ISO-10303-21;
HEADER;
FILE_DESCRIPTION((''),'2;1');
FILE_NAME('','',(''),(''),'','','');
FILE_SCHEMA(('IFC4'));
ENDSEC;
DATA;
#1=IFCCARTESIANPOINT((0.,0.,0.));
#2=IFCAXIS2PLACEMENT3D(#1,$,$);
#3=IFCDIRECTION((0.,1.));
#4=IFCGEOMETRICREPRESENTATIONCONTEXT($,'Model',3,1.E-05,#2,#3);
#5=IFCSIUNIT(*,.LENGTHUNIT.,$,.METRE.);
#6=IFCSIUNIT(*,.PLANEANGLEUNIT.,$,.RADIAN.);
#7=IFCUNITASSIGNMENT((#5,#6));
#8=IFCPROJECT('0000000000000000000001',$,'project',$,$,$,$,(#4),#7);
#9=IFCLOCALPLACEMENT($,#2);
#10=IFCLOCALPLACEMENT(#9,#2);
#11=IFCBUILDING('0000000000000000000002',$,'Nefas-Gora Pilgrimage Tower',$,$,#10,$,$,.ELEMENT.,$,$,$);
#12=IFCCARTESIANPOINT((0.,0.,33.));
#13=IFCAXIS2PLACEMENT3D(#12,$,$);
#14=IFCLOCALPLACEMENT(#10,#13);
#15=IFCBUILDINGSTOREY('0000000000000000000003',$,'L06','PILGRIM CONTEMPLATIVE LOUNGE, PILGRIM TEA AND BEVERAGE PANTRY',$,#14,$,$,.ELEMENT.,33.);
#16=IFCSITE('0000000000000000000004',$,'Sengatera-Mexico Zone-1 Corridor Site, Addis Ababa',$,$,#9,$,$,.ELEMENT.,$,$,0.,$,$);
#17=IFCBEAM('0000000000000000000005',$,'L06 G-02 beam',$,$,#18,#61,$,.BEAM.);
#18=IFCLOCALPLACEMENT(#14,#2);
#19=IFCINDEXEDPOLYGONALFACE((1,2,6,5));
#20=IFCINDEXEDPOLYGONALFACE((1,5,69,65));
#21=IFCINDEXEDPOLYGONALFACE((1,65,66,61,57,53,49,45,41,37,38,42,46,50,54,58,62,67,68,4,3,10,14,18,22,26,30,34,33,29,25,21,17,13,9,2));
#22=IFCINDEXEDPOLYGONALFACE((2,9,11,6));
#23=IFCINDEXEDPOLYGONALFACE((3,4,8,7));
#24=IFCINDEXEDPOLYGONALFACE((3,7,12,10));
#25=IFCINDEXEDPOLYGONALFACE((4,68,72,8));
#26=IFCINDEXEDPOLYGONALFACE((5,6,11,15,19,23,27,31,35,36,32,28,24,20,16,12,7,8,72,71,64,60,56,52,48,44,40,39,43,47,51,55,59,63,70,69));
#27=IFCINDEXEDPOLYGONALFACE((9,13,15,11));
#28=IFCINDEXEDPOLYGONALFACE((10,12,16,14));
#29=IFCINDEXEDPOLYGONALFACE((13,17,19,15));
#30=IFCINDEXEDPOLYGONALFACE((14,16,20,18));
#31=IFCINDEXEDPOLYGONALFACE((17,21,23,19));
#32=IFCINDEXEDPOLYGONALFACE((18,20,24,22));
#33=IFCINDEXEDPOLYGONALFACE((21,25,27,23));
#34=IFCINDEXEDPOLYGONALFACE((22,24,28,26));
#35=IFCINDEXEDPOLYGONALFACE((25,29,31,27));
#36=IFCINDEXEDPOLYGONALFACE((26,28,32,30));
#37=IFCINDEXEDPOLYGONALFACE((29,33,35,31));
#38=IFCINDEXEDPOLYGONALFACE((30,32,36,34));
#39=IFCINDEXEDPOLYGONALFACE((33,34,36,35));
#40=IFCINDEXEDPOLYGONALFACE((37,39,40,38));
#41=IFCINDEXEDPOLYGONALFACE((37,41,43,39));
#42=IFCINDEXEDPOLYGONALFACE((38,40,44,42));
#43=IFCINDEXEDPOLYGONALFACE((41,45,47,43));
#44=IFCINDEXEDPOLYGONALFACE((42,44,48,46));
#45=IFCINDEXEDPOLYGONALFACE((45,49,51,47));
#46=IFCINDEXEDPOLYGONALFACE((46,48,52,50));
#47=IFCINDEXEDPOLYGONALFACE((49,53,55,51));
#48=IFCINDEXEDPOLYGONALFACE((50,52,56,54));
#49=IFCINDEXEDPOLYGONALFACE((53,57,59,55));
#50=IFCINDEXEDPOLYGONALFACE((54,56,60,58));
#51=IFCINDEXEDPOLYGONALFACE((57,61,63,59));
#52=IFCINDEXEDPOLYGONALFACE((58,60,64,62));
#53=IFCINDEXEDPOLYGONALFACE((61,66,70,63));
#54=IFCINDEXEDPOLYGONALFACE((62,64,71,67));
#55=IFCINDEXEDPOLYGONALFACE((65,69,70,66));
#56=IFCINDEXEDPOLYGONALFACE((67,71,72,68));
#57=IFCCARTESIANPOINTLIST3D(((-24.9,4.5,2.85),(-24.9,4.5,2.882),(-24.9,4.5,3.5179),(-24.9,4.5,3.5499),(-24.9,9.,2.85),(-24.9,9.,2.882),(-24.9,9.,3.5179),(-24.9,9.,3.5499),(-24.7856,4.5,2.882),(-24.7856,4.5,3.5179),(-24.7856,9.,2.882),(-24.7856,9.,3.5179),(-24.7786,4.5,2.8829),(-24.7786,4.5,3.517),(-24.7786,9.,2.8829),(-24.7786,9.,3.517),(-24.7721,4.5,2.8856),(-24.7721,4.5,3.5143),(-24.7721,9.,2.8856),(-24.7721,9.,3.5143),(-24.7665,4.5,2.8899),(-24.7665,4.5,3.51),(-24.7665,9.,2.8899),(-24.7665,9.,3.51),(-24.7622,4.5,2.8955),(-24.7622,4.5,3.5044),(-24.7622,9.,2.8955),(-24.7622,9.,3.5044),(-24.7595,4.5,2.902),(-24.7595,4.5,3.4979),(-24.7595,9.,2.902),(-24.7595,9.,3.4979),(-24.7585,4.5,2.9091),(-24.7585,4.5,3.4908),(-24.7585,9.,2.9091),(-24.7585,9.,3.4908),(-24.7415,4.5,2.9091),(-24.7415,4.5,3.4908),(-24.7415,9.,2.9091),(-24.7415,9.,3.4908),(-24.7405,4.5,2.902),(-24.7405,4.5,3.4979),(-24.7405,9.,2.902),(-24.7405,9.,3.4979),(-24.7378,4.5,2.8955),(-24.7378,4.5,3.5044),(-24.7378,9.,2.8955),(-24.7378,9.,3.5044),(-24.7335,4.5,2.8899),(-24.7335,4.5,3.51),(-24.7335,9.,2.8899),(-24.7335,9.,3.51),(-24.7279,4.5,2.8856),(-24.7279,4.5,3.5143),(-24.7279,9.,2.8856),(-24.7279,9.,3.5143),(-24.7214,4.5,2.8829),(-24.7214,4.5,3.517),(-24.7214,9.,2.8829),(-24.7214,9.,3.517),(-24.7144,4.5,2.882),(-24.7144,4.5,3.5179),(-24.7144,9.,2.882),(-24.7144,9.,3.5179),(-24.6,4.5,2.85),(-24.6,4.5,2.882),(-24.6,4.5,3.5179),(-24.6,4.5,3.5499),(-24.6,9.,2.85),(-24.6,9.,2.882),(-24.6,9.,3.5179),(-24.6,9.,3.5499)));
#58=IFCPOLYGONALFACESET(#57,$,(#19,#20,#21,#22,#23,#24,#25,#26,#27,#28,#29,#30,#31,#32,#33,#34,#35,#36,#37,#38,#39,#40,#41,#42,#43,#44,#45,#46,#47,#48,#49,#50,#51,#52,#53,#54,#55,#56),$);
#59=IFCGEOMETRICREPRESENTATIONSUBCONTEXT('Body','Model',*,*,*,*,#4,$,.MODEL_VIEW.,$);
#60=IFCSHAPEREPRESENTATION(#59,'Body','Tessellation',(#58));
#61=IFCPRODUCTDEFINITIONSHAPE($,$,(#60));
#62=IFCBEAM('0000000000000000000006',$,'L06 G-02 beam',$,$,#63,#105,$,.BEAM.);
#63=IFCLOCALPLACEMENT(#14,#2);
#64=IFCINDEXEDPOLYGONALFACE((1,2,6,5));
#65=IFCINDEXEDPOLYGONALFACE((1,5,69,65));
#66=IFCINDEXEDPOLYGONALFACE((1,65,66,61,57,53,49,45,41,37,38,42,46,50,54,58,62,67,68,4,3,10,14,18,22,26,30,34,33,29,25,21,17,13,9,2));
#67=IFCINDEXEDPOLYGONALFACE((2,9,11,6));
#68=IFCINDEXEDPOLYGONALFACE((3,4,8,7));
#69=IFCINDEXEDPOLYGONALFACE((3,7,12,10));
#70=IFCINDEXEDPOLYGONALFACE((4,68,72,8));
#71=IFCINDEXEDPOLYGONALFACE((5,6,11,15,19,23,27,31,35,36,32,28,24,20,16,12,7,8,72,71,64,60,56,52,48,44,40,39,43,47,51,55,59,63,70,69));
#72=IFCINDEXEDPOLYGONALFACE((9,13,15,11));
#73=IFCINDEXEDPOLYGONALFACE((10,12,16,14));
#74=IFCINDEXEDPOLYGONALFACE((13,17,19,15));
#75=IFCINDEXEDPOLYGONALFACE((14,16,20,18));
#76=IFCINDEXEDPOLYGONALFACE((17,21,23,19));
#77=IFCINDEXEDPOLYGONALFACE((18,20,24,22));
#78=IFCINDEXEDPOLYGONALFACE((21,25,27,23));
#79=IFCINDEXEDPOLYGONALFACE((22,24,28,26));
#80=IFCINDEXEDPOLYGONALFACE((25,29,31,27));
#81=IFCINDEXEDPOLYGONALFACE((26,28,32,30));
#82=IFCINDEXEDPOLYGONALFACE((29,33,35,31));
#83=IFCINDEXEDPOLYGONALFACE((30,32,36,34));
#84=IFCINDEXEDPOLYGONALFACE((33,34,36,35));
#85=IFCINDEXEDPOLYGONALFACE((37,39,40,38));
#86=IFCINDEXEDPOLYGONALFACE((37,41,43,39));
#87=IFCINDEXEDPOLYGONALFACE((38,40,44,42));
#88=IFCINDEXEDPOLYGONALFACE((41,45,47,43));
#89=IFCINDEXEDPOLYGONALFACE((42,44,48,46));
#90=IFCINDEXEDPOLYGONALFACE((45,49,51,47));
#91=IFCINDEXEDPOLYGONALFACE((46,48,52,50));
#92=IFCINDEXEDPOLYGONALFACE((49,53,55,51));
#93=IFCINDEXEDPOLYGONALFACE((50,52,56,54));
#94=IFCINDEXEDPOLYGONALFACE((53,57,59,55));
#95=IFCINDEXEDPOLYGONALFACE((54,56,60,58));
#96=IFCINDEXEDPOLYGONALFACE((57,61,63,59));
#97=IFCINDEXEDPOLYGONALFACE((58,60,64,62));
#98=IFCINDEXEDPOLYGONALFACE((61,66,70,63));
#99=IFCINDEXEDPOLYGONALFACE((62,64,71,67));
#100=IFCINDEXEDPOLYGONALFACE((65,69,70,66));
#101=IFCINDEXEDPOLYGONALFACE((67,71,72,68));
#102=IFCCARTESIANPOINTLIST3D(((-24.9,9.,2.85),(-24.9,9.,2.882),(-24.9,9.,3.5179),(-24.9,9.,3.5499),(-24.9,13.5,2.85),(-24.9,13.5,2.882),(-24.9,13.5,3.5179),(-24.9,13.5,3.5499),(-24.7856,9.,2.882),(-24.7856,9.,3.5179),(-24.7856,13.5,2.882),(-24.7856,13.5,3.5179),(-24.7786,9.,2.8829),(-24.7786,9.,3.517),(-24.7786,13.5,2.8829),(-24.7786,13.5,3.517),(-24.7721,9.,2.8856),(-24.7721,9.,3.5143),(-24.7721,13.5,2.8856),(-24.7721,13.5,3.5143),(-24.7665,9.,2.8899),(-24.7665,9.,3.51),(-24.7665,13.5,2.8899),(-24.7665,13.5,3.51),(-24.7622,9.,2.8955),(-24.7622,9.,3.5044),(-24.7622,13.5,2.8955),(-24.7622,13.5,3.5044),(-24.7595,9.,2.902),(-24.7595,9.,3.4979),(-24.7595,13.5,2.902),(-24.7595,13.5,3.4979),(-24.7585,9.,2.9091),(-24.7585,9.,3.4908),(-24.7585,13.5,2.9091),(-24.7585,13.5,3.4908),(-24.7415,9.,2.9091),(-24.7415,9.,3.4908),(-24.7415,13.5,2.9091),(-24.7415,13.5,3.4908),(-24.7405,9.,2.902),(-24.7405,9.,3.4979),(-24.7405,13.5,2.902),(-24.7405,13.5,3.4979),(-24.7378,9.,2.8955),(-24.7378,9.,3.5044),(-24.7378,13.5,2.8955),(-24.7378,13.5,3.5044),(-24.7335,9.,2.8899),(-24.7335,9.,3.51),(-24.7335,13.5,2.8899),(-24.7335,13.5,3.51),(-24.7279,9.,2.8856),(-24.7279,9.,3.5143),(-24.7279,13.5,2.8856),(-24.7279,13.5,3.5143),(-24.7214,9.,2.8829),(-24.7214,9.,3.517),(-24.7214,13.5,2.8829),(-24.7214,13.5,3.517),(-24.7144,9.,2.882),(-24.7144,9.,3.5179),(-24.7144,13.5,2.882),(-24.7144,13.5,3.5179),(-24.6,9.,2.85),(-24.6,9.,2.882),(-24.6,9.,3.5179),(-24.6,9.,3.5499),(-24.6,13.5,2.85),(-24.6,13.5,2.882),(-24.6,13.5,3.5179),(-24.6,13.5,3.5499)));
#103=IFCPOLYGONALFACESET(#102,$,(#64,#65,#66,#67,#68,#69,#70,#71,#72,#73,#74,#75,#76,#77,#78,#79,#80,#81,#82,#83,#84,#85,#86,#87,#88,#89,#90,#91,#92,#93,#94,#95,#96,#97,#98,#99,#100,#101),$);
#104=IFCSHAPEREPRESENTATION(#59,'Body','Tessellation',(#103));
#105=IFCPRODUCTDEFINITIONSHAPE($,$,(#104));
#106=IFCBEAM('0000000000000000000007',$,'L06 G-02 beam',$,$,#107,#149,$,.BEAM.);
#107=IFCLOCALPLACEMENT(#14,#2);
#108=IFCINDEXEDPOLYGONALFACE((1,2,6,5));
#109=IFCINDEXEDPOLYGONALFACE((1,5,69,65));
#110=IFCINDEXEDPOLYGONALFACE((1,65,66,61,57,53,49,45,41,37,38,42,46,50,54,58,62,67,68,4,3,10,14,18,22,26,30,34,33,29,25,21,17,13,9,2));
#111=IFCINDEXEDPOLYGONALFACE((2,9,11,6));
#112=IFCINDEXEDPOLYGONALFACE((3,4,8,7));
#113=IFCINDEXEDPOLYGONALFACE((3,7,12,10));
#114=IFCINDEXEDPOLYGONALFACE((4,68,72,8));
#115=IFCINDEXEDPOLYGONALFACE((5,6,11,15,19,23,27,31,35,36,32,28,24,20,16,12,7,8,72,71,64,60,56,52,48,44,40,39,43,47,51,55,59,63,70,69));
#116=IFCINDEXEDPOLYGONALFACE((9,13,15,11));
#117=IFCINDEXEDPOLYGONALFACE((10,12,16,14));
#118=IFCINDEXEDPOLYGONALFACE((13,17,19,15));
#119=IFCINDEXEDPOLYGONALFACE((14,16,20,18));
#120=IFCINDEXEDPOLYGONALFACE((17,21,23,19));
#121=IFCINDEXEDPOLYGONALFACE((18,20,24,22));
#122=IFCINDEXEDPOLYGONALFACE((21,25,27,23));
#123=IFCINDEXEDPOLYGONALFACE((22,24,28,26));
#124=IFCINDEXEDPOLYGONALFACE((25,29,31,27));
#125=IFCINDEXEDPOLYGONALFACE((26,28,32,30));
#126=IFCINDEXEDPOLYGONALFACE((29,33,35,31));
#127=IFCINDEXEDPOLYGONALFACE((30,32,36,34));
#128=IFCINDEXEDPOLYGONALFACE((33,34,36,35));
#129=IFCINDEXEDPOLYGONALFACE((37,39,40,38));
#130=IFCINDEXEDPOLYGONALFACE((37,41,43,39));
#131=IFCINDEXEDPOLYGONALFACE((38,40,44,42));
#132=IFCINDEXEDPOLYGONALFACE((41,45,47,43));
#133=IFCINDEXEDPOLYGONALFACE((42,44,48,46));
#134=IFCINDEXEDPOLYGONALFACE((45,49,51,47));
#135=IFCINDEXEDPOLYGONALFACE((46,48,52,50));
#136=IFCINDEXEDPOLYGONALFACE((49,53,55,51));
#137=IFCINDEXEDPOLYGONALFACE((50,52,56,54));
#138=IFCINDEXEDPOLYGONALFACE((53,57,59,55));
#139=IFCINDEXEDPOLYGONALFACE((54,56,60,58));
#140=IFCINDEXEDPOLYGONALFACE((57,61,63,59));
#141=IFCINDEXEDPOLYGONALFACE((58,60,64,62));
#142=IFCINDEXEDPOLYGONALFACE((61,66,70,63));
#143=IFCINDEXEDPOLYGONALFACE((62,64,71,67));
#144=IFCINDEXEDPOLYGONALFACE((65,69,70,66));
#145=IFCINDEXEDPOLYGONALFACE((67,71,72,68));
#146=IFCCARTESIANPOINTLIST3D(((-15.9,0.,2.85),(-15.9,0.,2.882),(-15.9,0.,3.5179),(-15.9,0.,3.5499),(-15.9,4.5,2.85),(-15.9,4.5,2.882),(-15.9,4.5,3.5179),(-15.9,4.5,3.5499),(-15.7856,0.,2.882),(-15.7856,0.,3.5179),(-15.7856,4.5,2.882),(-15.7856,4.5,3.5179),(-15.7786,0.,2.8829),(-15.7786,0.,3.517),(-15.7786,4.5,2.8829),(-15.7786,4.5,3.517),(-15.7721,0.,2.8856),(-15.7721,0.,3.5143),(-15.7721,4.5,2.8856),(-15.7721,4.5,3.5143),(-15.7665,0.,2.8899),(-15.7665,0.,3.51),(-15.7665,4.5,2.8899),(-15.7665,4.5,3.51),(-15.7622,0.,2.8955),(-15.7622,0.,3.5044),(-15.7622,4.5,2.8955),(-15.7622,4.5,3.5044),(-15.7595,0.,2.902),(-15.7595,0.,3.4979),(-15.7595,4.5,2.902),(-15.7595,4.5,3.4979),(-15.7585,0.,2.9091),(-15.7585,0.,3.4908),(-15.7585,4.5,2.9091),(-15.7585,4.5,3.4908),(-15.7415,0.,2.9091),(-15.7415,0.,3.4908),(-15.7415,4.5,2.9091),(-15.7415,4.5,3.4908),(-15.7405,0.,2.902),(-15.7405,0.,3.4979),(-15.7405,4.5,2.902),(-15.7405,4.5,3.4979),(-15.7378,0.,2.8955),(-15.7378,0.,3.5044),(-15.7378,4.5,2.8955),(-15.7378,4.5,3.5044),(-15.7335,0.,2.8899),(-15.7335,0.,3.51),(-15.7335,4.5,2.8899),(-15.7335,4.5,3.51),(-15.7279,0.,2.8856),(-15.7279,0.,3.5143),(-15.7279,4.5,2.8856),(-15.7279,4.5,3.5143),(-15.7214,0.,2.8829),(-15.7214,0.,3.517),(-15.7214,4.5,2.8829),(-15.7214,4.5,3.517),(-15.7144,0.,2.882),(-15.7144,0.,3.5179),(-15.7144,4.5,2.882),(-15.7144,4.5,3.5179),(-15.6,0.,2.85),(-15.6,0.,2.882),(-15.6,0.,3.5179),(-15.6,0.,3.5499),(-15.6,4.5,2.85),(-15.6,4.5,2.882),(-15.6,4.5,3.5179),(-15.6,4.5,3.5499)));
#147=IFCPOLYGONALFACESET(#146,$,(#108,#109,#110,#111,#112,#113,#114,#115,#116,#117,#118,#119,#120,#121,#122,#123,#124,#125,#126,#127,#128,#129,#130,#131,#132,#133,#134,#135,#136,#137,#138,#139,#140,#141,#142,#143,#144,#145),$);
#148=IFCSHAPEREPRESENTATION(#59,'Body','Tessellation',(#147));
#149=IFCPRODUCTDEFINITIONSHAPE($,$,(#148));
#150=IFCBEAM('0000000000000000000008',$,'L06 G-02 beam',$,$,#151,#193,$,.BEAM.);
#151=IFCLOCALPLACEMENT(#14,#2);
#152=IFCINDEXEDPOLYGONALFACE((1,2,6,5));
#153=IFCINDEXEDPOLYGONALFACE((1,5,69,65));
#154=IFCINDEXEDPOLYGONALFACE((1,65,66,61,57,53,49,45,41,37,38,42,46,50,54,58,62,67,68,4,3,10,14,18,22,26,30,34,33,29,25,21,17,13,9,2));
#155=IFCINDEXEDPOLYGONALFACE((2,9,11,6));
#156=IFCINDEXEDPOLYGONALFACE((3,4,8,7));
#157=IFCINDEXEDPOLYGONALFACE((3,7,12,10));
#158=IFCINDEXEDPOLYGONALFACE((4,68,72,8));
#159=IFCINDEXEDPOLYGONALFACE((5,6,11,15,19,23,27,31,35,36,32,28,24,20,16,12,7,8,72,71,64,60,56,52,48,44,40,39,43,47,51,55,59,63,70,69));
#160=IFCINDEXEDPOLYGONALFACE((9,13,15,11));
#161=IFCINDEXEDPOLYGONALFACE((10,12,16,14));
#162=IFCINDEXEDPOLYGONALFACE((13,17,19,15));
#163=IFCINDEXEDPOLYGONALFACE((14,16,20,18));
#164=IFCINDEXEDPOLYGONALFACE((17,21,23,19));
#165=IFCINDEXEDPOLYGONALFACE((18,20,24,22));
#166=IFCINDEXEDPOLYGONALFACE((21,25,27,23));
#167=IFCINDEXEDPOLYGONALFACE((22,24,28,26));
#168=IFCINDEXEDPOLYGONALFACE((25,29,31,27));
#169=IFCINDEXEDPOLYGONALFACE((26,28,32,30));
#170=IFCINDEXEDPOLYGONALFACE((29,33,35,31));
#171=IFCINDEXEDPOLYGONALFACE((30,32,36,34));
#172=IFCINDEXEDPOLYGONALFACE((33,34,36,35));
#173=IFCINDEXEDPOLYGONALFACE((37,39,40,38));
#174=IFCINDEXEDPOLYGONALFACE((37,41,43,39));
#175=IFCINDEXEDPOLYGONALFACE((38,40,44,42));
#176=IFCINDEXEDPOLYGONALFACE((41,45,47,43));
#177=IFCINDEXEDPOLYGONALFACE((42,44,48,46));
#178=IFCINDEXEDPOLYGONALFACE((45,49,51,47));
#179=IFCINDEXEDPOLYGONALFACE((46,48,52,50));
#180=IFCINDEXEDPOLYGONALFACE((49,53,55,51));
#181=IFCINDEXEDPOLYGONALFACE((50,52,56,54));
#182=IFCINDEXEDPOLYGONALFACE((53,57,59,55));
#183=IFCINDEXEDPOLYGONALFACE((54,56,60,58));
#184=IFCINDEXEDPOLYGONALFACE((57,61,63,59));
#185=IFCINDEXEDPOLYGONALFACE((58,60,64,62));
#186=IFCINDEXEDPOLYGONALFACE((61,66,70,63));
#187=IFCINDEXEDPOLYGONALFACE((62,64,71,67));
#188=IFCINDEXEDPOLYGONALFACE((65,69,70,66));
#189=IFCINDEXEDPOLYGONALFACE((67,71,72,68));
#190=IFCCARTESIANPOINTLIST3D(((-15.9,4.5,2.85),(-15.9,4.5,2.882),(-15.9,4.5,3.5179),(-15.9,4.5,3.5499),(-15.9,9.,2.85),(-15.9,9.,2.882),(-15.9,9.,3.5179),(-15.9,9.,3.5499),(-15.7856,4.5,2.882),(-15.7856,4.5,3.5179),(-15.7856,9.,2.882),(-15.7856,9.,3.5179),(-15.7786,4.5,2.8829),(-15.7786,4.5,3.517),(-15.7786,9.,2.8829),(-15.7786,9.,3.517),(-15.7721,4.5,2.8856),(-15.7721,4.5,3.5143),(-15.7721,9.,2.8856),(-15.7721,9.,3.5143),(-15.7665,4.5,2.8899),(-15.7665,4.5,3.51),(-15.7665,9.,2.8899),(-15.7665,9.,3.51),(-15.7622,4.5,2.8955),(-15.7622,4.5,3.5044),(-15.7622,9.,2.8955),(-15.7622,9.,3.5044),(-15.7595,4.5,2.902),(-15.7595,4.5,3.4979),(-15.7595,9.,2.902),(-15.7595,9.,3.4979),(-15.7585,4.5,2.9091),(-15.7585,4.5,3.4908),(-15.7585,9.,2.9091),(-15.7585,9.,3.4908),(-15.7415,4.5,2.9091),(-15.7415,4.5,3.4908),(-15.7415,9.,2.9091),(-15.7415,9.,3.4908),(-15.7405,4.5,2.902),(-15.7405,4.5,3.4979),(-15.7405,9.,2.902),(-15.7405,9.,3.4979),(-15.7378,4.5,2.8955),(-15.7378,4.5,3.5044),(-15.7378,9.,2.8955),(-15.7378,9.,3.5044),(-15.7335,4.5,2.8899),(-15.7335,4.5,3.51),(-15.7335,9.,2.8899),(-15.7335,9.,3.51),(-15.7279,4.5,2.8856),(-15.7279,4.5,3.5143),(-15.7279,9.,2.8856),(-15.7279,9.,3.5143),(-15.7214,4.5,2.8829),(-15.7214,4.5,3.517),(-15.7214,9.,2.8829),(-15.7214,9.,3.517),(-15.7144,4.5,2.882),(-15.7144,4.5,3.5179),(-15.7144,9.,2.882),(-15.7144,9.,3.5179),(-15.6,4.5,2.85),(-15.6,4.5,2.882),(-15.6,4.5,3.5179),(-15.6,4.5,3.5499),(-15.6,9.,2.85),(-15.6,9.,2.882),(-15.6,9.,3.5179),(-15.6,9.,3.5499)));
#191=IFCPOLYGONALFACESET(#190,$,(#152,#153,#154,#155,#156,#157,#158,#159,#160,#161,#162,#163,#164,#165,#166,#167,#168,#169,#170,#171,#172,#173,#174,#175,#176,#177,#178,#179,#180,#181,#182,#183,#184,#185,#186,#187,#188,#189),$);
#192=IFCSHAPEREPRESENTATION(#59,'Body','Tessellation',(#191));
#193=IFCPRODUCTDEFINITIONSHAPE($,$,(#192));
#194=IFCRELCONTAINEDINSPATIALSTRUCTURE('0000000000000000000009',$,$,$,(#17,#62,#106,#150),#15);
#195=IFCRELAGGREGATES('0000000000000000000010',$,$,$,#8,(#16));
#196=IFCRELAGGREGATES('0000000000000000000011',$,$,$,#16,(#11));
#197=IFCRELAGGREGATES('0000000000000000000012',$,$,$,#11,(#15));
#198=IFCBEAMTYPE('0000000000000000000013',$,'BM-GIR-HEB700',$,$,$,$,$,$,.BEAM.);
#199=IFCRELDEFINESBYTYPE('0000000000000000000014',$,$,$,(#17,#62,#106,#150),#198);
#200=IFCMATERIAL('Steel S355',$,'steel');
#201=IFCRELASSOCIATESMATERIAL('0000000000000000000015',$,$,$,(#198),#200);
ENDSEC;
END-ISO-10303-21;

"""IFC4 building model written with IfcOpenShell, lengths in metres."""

from ifc_helpers import new_model, si_unit, direction, frame, origin, origin_2d, place, context, subcontext, project, spatial, i_section, extrude, source, transform, mapped, material, material_profile, profile_set, type_object, element, save


model = new_model("IFC4")

# Units and contexts
model_context = context("Model", 3, precision=1e-05, world=origin(), true_north=direction((0.0, 1.0)))
body_context = subcontext(model_context, "Body", "Model", "MODEL_VIEW")
ifc_project = project(units=[si_unit("LENGTHUNIT", "METRE"), si_unit("PLANEANGLEUNIT", "RADIAN")], contexts=[model_context])

# Site, building, storey
site_placement = place(None, origin())
site = spatial("IfcSite", under=ifc_project, at=site_placement, Name="Sengatera-Mexico Zone-1 Corridor Site, Addis Ababa", CompositionType="ELEMENT", RefElevation=0.0)
building_placement = place(site_placement, origin())
building = spatial("IfcBuilding", under=site, at=building_placement, Name="Nefas-Gora Pilgrimage Tower", CompositionType="ELEMENT")
storey_placement = place(building_placement, frame((0.0, 0.0, 33.0)))
storey = spatial("IfcBuildingStorey", under=building, at=storey_placement, Name="L06", Description="PILGRIM CONTEMPLATIVE LOUNGE, PILGRIM TEA AND BEVERAGE PANTRY", CompositionType="ELEMENT", Elevation=33.0)

# Beams
ifc_material_1 = material(Name="Steel S355", Category="steel")
ifc_material_profile_1 = material_profile(ifc_material_1, i_section(OverallWidth=0.3, OverallDepth=0.7, WebThickness=0.0171, FlangeThickness=0.032, FilletRadius=0.0271, at=origin_2d()), Name="HEB 700")
ifc_profile_set_1 = profile_set([ifc_material_profile_1], Name="Steel S355")
beam_type_1 = type_object("IfcBeamType", Name="BM-GIR-HEB700", PredefinedType="BEAM", material=ifc_profile_set_1)
shared_shape_1 = source(origin(), body_context, "Body", "SweptSolid", [
    extrude(i_section(OverallWidth=0.3, OverallDepth=0.7, WebThickness=0.0171, FlangeThickness=0.032, FilletRadius=0.0271, at=origin_2d()), origin(), (0.0, 0.0, 1.0), 4.5),
])
for number, where, z_axis, x_axis, name in (
    (1, (-24.75, 4.5, 3.2), (0.0, 1.0, 0.0), (-1.0, 0.0, 0.0), "L06 G-02 beam"),
    (2, (-24.75, 9.0, 3.2), (0.0, 1.0, 0.0), (-1.0, 0.0, 0.0), "L06 G-02 beam"),
    (3, (-15.75, 0.0, 3.2), (0.0, 1.0, 0.0), (-1.0, 0.0, 0.0), "L06 G-02 beam"),
    (4, (-15.75, 4.5, 3.2), (0.0, 1.0, 0.0), (-1.0, 0.0, 0.0), "L06 G-02 beam"),
):
    element("IfcBeam", number, at=place(storey_placement, frame(where, z_axis=z_axis, x_axis=x_axis)), inside=storey, type_object=beam_type_1, Name=name, PredefinedType="BEAM", context=body_context, shape_type="MappedRepresentation", body=[
        mapped(shared_shape_1, transform((0.0, 0.0, 0.0), x_axis=(1.0, 0.0, 0.0), y_axis=(0.0, 1.0, 0.0), z_axis=(0.0, 0.0, 1.0), scale=1.0)),
    ])

save(model, "model.ifc")
